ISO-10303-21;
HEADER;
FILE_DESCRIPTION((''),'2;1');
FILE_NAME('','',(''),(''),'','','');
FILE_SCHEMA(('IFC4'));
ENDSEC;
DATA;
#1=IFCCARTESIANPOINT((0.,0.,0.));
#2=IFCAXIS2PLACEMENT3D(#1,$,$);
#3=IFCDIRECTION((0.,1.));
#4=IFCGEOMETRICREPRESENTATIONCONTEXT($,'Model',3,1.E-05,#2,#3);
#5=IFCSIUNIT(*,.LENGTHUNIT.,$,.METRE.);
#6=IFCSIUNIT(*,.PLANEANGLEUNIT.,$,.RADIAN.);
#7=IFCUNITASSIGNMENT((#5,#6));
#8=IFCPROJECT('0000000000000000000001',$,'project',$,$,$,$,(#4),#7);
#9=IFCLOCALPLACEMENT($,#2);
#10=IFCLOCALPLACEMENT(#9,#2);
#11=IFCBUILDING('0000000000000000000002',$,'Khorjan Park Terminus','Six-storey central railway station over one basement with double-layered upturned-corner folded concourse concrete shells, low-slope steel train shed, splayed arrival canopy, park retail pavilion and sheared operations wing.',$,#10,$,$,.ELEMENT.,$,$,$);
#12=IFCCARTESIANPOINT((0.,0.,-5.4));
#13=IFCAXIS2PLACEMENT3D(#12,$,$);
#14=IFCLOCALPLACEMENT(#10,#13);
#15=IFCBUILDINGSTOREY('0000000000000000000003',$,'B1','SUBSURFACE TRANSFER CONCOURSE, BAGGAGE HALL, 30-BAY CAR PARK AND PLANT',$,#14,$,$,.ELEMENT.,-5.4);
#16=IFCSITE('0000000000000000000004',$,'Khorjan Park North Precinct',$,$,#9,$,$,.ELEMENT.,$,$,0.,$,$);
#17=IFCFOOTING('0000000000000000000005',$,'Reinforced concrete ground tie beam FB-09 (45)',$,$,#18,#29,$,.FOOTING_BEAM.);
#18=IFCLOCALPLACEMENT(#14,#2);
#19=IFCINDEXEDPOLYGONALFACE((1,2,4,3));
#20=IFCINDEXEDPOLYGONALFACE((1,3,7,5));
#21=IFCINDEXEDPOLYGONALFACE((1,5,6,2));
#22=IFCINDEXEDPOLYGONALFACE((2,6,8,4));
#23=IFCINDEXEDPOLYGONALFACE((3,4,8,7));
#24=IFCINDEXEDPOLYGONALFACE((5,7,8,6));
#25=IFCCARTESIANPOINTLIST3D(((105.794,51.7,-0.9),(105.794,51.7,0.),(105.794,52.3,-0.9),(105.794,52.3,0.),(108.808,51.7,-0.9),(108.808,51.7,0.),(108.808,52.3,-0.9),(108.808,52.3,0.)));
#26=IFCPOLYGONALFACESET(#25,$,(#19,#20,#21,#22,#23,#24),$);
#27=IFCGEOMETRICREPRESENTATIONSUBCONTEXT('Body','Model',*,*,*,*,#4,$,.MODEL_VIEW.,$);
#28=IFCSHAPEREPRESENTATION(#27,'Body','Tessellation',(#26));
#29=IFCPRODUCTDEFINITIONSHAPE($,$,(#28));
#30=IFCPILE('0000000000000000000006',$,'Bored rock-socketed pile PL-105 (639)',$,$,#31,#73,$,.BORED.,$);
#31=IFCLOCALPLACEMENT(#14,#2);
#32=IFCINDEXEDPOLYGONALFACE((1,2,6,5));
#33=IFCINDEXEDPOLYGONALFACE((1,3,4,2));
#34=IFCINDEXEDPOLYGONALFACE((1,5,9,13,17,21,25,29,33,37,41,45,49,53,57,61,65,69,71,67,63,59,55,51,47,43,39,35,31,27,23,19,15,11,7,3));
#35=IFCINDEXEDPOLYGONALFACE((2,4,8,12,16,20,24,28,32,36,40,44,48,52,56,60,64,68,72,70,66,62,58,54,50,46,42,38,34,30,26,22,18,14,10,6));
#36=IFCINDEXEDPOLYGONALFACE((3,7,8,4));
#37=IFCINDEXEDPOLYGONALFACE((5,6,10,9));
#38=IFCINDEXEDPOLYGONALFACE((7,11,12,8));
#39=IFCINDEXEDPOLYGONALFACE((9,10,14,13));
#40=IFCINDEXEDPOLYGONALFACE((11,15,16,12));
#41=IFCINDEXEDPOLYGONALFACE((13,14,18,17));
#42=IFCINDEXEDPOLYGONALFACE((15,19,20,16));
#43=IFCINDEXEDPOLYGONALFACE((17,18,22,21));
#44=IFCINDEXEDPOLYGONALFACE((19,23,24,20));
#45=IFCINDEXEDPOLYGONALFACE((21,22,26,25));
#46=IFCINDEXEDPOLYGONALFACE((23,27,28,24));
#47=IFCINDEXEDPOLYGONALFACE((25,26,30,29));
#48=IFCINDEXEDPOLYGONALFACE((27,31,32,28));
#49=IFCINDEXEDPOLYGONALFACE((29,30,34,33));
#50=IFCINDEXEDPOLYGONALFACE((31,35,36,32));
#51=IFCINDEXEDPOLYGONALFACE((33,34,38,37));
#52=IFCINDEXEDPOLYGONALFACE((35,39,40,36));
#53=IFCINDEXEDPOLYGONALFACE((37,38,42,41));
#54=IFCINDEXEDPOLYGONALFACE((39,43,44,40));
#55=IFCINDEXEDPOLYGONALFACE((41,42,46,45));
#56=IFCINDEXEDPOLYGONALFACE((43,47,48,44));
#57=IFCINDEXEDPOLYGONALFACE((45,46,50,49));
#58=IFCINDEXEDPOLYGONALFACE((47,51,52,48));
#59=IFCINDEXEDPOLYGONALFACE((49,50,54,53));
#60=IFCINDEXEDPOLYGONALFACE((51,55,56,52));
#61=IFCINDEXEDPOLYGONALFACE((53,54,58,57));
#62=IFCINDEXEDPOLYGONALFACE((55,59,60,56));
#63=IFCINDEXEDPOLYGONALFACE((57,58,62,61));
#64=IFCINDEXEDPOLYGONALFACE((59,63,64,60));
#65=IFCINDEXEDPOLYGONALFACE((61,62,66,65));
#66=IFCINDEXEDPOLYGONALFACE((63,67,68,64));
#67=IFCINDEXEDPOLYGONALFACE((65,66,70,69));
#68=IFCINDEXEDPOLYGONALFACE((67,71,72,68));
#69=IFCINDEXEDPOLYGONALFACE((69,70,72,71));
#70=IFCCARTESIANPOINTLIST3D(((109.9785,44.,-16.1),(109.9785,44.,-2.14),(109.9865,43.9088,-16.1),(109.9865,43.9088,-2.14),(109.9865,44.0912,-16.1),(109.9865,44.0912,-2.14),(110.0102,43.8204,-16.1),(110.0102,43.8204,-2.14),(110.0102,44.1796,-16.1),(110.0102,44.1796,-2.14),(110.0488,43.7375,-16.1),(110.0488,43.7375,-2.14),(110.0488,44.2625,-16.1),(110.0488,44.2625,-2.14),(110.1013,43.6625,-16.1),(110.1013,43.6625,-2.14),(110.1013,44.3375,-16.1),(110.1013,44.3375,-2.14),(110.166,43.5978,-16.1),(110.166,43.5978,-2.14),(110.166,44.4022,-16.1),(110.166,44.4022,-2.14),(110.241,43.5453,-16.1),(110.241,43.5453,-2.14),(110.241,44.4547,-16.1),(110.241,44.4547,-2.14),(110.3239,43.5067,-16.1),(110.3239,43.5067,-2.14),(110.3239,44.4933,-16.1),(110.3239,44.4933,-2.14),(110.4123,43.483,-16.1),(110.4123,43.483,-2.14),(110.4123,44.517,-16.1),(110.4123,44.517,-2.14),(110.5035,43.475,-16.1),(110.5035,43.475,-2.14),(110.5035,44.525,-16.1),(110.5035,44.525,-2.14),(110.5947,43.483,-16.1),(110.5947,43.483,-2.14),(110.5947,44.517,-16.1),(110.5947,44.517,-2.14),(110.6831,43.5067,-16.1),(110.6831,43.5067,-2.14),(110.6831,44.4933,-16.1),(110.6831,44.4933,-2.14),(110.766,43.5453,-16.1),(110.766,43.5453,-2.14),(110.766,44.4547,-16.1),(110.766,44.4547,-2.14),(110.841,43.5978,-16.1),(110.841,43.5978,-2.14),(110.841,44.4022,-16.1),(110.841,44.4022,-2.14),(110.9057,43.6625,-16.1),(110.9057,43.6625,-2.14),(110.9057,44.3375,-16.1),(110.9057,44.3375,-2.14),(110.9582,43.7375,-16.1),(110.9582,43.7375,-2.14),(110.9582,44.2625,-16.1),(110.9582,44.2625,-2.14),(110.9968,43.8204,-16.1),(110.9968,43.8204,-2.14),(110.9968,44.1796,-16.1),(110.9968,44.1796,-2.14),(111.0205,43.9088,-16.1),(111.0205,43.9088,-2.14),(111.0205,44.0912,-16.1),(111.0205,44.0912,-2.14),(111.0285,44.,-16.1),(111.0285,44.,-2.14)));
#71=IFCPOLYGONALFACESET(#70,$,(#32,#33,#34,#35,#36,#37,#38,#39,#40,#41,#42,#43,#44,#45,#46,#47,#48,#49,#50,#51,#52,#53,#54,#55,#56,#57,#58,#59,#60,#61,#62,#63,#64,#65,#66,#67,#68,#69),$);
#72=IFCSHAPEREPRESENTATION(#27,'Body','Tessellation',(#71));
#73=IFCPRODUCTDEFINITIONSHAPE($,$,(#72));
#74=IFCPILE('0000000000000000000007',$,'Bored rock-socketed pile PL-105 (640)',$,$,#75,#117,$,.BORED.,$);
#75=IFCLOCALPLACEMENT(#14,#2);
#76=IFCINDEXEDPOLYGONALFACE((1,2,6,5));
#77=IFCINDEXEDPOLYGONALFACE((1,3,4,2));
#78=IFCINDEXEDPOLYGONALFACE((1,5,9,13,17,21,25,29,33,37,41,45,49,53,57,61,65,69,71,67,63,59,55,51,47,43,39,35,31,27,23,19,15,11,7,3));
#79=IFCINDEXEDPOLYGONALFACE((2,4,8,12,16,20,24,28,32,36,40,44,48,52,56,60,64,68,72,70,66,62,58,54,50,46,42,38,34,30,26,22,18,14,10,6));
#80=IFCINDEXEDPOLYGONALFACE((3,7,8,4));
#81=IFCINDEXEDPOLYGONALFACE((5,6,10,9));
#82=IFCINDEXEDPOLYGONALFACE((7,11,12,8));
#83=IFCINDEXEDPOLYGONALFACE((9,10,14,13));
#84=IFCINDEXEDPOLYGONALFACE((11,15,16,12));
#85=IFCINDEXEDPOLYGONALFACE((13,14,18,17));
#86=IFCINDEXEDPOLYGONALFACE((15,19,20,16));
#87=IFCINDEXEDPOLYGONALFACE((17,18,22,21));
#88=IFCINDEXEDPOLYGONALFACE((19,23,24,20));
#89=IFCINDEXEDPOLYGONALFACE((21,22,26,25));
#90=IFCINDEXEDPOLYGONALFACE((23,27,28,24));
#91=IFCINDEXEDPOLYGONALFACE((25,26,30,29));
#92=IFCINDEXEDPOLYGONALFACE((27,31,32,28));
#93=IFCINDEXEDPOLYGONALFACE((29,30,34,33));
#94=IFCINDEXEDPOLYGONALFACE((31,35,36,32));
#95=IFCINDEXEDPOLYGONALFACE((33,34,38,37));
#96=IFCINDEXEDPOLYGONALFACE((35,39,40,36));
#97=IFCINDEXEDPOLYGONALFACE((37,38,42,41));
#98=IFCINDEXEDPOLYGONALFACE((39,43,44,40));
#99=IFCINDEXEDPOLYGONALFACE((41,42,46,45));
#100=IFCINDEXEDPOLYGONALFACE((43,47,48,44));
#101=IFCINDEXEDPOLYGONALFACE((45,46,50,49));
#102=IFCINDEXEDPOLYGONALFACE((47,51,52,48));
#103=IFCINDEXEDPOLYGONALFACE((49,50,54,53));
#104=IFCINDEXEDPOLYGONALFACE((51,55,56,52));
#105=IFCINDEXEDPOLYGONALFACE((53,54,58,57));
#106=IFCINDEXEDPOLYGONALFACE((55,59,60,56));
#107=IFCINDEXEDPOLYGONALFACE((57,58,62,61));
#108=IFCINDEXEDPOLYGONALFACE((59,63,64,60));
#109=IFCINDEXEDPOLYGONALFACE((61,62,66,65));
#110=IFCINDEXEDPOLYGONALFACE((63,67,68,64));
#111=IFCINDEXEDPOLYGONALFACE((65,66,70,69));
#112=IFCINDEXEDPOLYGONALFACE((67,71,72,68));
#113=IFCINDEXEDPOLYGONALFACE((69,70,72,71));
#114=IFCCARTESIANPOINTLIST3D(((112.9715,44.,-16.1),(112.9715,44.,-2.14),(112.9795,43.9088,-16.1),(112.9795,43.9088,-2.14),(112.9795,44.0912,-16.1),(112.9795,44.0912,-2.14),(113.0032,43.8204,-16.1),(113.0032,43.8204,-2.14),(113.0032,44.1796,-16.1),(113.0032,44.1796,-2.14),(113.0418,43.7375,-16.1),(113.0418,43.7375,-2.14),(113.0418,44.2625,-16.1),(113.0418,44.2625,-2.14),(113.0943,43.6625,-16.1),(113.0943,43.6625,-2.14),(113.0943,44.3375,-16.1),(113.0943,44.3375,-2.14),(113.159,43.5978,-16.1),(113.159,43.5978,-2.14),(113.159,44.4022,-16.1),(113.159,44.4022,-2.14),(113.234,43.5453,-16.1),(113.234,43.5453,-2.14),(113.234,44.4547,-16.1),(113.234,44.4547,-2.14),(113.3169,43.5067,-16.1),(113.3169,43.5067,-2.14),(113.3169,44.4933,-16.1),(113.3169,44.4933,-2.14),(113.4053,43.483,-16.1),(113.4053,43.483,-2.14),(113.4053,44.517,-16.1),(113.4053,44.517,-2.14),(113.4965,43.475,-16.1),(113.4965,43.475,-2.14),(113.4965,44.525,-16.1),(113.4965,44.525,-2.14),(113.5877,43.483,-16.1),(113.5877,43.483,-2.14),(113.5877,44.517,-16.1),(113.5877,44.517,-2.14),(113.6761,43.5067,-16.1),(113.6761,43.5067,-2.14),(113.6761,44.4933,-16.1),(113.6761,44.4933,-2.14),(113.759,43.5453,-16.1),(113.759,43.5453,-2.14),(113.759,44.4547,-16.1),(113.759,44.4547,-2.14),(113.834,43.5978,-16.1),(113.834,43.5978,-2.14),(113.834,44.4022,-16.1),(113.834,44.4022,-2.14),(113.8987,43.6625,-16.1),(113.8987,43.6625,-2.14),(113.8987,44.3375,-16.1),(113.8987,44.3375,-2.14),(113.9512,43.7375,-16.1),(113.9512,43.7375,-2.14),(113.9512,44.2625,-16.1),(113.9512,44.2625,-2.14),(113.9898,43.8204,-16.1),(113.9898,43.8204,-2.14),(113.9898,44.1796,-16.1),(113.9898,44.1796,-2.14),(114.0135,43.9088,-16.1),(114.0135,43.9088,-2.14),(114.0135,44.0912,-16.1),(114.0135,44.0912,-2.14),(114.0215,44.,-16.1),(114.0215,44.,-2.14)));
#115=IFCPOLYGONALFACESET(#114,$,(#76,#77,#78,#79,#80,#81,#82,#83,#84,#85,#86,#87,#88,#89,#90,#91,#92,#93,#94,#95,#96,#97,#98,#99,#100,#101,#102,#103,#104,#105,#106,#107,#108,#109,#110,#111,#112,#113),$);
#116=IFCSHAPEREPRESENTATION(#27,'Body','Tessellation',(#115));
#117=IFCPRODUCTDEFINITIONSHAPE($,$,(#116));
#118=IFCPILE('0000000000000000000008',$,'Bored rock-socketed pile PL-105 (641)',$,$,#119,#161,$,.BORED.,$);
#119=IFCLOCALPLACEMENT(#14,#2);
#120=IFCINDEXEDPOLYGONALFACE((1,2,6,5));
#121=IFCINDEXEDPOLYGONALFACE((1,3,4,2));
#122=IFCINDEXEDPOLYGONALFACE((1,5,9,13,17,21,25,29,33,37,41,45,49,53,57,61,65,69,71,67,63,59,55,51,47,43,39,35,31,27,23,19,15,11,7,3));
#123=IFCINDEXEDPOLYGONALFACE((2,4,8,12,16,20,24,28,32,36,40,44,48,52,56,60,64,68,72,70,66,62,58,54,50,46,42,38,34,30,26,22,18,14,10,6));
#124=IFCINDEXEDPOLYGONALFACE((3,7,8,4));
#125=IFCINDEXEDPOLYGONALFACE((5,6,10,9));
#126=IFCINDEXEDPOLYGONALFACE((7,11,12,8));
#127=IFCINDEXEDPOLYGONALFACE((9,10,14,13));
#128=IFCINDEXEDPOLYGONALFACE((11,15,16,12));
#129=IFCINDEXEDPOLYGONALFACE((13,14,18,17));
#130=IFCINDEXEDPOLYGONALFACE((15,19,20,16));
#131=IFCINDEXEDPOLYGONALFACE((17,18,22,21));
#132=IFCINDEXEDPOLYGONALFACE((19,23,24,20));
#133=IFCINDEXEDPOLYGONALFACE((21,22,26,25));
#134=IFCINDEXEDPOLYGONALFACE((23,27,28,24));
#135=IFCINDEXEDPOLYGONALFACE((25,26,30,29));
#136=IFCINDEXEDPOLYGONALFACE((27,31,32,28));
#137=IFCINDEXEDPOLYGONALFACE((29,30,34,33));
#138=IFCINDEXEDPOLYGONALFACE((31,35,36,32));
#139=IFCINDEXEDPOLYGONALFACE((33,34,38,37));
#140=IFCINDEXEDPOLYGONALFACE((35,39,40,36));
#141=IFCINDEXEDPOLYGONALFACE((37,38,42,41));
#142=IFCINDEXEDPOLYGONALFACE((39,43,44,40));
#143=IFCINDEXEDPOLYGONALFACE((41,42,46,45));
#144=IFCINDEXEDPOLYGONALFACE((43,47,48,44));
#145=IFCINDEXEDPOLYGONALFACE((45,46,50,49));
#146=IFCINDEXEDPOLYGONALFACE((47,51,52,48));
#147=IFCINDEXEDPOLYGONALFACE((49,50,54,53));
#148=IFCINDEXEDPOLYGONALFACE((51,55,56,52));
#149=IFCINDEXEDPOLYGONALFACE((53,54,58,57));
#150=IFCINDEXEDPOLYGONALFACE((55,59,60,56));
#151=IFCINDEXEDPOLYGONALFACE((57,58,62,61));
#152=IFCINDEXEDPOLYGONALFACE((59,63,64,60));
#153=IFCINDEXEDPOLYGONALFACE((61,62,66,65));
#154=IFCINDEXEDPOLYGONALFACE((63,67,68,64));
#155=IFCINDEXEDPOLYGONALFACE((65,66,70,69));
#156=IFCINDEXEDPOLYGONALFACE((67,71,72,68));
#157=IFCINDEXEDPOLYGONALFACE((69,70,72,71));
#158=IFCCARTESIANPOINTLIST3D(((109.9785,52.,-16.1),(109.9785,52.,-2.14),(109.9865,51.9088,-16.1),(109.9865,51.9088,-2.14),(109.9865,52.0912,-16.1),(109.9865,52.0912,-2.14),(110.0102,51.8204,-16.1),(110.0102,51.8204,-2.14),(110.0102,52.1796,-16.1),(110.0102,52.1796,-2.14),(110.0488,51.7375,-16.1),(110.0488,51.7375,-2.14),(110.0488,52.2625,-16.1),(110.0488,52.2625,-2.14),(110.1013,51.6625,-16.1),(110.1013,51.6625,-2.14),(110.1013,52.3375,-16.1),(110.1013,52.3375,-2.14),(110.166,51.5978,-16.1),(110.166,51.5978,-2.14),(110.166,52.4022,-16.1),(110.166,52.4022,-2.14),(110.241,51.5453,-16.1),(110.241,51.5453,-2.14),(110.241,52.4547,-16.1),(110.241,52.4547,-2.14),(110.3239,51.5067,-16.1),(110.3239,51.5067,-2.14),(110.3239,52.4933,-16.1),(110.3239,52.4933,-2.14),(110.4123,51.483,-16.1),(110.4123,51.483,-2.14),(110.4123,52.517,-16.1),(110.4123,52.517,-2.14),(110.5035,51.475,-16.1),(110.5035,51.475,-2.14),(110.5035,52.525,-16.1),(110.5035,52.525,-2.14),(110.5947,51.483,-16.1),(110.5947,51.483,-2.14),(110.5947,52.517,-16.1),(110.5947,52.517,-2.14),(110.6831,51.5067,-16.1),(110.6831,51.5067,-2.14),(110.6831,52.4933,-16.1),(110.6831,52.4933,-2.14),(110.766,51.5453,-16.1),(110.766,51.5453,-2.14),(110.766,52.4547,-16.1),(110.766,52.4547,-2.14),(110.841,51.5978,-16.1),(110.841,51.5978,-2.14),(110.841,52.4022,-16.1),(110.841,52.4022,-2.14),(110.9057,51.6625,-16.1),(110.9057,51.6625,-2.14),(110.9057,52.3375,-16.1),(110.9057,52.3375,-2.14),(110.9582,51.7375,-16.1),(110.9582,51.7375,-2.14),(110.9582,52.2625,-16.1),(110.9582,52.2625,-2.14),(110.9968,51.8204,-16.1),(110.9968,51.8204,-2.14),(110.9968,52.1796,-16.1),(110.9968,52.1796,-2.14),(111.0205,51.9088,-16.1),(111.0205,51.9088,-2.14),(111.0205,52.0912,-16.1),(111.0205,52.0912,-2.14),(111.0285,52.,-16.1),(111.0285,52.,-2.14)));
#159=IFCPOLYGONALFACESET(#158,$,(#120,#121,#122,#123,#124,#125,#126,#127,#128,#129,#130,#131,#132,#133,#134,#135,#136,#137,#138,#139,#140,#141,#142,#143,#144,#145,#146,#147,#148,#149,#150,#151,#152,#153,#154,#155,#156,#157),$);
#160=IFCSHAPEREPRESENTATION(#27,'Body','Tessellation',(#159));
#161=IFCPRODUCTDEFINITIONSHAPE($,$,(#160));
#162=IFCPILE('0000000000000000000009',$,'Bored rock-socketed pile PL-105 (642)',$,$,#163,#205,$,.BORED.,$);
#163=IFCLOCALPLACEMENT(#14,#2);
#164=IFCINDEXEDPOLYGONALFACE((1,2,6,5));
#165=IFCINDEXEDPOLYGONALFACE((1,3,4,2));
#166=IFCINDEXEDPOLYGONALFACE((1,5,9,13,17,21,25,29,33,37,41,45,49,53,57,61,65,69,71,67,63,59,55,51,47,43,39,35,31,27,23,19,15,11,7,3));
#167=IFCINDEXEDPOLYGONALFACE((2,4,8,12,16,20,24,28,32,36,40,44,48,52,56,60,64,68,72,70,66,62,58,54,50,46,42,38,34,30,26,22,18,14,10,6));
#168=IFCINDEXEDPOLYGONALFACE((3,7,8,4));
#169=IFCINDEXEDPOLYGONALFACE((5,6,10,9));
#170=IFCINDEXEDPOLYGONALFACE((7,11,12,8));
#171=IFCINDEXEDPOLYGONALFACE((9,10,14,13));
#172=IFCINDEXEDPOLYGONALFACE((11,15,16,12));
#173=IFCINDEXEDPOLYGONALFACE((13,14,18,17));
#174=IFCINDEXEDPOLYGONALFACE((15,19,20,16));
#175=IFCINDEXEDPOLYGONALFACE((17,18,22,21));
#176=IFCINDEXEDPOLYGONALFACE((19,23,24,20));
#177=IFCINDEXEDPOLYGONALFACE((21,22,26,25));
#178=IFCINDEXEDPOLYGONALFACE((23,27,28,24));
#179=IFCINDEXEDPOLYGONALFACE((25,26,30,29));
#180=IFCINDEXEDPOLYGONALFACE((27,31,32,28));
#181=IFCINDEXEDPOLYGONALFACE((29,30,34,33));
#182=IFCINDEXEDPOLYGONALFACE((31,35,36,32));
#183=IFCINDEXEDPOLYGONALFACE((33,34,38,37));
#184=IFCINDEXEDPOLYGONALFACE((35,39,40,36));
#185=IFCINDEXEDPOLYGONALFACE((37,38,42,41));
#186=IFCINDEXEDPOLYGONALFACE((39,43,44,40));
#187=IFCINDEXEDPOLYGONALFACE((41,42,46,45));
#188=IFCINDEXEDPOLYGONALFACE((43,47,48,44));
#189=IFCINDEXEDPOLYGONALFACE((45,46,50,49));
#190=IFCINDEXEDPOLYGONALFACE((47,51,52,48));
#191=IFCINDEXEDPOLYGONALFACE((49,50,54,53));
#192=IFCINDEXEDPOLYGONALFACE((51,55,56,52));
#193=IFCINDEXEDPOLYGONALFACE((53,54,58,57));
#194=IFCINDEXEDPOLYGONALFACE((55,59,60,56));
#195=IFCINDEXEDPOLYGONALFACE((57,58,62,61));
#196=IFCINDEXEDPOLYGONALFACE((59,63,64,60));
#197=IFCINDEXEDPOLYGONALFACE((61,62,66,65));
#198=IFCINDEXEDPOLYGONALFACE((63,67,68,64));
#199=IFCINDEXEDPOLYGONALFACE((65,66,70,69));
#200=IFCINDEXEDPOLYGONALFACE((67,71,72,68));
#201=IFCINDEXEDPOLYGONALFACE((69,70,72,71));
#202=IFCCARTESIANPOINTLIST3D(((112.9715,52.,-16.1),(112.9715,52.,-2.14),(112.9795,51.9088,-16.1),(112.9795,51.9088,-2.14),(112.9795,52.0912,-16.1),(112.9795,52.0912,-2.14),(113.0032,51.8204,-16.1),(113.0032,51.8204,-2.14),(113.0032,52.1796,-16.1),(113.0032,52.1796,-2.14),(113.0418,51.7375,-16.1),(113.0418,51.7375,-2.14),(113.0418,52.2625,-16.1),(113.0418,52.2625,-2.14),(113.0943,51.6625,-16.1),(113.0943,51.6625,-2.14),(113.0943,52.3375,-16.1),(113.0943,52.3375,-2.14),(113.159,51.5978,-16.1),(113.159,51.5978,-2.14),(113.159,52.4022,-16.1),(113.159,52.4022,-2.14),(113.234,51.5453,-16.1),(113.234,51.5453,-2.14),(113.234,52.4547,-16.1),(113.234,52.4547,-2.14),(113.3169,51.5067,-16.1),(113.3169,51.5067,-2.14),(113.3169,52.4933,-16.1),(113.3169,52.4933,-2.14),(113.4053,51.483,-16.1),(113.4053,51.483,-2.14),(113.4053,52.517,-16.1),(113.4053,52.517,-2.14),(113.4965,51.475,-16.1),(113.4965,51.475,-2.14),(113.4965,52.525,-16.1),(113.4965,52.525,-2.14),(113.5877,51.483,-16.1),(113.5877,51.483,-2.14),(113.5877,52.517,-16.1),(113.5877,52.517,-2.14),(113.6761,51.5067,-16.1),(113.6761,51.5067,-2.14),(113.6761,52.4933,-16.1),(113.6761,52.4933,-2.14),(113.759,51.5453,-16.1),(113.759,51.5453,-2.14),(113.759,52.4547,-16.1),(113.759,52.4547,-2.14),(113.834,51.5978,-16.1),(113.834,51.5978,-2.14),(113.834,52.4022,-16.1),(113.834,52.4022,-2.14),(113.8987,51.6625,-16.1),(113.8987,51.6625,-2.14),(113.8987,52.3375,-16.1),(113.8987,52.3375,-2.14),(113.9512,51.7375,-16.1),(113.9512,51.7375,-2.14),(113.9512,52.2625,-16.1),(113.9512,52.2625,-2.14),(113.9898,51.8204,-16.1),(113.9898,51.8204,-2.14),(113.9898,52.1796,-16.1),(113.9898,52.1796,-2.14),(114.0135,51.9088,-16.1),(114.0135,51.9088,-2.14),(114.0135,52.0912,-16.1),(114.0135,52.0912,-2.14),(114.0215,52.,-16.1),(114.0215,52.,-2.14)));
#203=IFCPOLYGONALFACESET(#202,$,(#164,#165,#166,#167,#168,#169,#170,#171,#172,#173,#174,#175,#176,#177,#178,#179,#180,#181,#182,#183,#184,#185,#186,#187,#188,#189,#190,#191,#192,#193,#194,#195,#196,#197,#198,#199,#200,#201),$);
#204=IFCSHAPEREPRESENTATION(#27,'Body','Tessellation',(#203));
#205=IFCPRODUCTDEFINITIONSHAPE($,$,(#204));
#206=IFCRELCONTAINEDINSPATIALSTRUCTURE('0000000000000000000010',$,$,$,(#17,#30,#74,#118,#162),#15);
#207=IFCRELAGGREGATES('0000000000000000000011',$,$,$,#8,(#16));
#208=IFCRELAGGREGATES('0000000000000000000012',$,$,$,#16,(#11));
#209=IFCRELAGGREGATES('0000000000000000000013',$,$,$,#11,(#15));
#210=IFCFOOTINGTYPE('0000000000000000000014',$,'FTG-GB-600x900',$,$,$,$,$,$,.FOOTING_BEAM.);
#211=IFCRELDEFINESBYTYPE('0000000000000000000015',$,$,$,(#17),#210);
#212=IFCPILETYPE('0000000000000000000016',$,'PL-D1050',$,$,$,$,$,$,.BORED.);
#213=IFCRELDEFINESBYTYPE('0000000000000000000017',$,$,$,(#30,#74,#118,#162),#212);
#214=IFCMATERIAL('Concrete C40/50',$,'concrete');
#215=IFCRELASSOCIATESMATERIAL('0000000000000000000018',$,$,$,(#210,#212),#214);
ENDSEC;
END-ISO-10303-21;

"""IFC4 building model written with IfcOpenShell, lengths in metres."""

from ifc_helpers import new_model, si_unit, direction, frame, origin, origin_2d, place, context, subcontext, project, spatial, rectangle, circle, extrude, material, material_profile, profile_set, type_object, element, save


model = new_model("IFC4")

# Units and contexts
model_context = context("Model", 3, precision=1e-05, world=origin(), true_north=direction((0.0, 1.0)))
body_context = subcontext(model_context, "Body", "Model", "MODEL_VIEW")
ifc_project = project(units=[si_unit("LENGTHUNIT", "METRE"), si_unit("PLANEANGLEUNIT", "RADIAN")], contexts=[model_context])

# Site, building, storey
site_placement = place(None, origin())
site = spatial("IfcSite", under=ifc_project, at=site_placement, Name="Khorjan Park North Precinct", CompositionType="ELEMENT", RefElevation=0.0)
building_placement = place(site_placement, origin())
building = spatial("IfcBuilding", under=site, at=building_placement, Name="Khorjan Park Terminus", Description="Six-storey central railway station over one basement with double-layered upturned-corner folded concourse concrete shells, low-slope steel train shed, splayed arrival canopy, park retail pavilion and sheared operations wing.", CompositionType="ELEMENT")
storey_placement = place(building_placement, frame((0.0, 0.0, -5.4)))
storey = spatial("IfcBuildingStorey", under=building, at=storey_placement, Name="B1", Description="SUBSURFACE TRANSFER CONCOURSE, BAGGAGE HALL, 30-BAY CAR PARK AND PLANT", CompositionType="ELEMENT", Elevation=-5.4)

# Footing
ifc_material_1 = material(Name="Concrete C40/50", Category="concrete")
ifc_material_profile_1 = material_profile(ifc_material_1, rectangle(XDim=0.6, YDim=0.9, at=origin_2d()), Name="RC 600x900")
ifc_profile_set_1 = profile_set([ifc_material_profile_1], Name="Concrete C40/50")
footing_type = type_object("IfcFootingType", Name="FTG-GB-600x900", PredefinedType="FOOTING_BEAM", material=ifc_profile_set_1)
footing_placement = place(storey_placement, frame((105.794, 52.0, -0.45), z_axis=(1.0, 0.0, 0.0), x_axis=(0.0, 1.0, 0.0)))
element("IfcFooting", 1, at=footing_placement, inside=storey, type_object=footing_type, Name="Reinforced concrete ground tie beam FB-09 (45)", PredefinedType="FOOTING_BEAM", context=body_context, shape_type="SweptSolid", body=[
    extrude(rectangle(XDim=0.6, YDim=0.9, at=origin_2d()), origin(), (0.0, 0.0, 1.0), 3.014),
])

# Piles
ifc_material_profile_2 = material_profile(ifc_material_1, circle(Radius=0.525, at=origin_2d()), Name="BORED D1050")
ifc_profile_set_2 = profile_set([ifc_material_profile_2], Name="Concrete C40/50")
pile_type_1 = type_object("IfcPileType", Name="PL-D1050", PredefinedType="BORED", material=ifc_profile_set_2)
for number, where, z_axis, x_axis, name in (
    (2, (110.5035, 44.0, -2.14), (0.0, 0.0, -1.0), (1.0, 0.0, 0.0), "Bored rock-socketed pile PL-105 (639)"),
    (3, (113.4965, 44.0, -2.14), (0.0, 0.0, -1.0), (1.0, 0.0, 0.0), "Bored rock-socketed pile PL-105 (640)"),
    (4, (110.5035, 52.0, -2.14), (0.0, 0.0, -1.0), (1.0, 0.0, 0.0), "Bored rock-socketed pile PL-105 (641)"),
    (5, (113.4965, 52.0, -2.14), (0.0, 0.0, -1.0), (1.0, 0.0, 0.0), "Bored rock-socketed pile PL-105 (642)"),
):
    element("IfcPile", number, at=place(storey_placement, frame(where, z_axis=z_axis, x_axis=x_axis)), inside=storey, type_object=pile_type_1, Name=name, PredefinedType="BORED", context=body_context, shape_type="SweptSolid", body=[
        extrude(circle(Radius=0.525, at=origin_2d()), origin(), (0.0, 0.0, 1.0), 13.96),
    ])

save(model, "model.ifc")
